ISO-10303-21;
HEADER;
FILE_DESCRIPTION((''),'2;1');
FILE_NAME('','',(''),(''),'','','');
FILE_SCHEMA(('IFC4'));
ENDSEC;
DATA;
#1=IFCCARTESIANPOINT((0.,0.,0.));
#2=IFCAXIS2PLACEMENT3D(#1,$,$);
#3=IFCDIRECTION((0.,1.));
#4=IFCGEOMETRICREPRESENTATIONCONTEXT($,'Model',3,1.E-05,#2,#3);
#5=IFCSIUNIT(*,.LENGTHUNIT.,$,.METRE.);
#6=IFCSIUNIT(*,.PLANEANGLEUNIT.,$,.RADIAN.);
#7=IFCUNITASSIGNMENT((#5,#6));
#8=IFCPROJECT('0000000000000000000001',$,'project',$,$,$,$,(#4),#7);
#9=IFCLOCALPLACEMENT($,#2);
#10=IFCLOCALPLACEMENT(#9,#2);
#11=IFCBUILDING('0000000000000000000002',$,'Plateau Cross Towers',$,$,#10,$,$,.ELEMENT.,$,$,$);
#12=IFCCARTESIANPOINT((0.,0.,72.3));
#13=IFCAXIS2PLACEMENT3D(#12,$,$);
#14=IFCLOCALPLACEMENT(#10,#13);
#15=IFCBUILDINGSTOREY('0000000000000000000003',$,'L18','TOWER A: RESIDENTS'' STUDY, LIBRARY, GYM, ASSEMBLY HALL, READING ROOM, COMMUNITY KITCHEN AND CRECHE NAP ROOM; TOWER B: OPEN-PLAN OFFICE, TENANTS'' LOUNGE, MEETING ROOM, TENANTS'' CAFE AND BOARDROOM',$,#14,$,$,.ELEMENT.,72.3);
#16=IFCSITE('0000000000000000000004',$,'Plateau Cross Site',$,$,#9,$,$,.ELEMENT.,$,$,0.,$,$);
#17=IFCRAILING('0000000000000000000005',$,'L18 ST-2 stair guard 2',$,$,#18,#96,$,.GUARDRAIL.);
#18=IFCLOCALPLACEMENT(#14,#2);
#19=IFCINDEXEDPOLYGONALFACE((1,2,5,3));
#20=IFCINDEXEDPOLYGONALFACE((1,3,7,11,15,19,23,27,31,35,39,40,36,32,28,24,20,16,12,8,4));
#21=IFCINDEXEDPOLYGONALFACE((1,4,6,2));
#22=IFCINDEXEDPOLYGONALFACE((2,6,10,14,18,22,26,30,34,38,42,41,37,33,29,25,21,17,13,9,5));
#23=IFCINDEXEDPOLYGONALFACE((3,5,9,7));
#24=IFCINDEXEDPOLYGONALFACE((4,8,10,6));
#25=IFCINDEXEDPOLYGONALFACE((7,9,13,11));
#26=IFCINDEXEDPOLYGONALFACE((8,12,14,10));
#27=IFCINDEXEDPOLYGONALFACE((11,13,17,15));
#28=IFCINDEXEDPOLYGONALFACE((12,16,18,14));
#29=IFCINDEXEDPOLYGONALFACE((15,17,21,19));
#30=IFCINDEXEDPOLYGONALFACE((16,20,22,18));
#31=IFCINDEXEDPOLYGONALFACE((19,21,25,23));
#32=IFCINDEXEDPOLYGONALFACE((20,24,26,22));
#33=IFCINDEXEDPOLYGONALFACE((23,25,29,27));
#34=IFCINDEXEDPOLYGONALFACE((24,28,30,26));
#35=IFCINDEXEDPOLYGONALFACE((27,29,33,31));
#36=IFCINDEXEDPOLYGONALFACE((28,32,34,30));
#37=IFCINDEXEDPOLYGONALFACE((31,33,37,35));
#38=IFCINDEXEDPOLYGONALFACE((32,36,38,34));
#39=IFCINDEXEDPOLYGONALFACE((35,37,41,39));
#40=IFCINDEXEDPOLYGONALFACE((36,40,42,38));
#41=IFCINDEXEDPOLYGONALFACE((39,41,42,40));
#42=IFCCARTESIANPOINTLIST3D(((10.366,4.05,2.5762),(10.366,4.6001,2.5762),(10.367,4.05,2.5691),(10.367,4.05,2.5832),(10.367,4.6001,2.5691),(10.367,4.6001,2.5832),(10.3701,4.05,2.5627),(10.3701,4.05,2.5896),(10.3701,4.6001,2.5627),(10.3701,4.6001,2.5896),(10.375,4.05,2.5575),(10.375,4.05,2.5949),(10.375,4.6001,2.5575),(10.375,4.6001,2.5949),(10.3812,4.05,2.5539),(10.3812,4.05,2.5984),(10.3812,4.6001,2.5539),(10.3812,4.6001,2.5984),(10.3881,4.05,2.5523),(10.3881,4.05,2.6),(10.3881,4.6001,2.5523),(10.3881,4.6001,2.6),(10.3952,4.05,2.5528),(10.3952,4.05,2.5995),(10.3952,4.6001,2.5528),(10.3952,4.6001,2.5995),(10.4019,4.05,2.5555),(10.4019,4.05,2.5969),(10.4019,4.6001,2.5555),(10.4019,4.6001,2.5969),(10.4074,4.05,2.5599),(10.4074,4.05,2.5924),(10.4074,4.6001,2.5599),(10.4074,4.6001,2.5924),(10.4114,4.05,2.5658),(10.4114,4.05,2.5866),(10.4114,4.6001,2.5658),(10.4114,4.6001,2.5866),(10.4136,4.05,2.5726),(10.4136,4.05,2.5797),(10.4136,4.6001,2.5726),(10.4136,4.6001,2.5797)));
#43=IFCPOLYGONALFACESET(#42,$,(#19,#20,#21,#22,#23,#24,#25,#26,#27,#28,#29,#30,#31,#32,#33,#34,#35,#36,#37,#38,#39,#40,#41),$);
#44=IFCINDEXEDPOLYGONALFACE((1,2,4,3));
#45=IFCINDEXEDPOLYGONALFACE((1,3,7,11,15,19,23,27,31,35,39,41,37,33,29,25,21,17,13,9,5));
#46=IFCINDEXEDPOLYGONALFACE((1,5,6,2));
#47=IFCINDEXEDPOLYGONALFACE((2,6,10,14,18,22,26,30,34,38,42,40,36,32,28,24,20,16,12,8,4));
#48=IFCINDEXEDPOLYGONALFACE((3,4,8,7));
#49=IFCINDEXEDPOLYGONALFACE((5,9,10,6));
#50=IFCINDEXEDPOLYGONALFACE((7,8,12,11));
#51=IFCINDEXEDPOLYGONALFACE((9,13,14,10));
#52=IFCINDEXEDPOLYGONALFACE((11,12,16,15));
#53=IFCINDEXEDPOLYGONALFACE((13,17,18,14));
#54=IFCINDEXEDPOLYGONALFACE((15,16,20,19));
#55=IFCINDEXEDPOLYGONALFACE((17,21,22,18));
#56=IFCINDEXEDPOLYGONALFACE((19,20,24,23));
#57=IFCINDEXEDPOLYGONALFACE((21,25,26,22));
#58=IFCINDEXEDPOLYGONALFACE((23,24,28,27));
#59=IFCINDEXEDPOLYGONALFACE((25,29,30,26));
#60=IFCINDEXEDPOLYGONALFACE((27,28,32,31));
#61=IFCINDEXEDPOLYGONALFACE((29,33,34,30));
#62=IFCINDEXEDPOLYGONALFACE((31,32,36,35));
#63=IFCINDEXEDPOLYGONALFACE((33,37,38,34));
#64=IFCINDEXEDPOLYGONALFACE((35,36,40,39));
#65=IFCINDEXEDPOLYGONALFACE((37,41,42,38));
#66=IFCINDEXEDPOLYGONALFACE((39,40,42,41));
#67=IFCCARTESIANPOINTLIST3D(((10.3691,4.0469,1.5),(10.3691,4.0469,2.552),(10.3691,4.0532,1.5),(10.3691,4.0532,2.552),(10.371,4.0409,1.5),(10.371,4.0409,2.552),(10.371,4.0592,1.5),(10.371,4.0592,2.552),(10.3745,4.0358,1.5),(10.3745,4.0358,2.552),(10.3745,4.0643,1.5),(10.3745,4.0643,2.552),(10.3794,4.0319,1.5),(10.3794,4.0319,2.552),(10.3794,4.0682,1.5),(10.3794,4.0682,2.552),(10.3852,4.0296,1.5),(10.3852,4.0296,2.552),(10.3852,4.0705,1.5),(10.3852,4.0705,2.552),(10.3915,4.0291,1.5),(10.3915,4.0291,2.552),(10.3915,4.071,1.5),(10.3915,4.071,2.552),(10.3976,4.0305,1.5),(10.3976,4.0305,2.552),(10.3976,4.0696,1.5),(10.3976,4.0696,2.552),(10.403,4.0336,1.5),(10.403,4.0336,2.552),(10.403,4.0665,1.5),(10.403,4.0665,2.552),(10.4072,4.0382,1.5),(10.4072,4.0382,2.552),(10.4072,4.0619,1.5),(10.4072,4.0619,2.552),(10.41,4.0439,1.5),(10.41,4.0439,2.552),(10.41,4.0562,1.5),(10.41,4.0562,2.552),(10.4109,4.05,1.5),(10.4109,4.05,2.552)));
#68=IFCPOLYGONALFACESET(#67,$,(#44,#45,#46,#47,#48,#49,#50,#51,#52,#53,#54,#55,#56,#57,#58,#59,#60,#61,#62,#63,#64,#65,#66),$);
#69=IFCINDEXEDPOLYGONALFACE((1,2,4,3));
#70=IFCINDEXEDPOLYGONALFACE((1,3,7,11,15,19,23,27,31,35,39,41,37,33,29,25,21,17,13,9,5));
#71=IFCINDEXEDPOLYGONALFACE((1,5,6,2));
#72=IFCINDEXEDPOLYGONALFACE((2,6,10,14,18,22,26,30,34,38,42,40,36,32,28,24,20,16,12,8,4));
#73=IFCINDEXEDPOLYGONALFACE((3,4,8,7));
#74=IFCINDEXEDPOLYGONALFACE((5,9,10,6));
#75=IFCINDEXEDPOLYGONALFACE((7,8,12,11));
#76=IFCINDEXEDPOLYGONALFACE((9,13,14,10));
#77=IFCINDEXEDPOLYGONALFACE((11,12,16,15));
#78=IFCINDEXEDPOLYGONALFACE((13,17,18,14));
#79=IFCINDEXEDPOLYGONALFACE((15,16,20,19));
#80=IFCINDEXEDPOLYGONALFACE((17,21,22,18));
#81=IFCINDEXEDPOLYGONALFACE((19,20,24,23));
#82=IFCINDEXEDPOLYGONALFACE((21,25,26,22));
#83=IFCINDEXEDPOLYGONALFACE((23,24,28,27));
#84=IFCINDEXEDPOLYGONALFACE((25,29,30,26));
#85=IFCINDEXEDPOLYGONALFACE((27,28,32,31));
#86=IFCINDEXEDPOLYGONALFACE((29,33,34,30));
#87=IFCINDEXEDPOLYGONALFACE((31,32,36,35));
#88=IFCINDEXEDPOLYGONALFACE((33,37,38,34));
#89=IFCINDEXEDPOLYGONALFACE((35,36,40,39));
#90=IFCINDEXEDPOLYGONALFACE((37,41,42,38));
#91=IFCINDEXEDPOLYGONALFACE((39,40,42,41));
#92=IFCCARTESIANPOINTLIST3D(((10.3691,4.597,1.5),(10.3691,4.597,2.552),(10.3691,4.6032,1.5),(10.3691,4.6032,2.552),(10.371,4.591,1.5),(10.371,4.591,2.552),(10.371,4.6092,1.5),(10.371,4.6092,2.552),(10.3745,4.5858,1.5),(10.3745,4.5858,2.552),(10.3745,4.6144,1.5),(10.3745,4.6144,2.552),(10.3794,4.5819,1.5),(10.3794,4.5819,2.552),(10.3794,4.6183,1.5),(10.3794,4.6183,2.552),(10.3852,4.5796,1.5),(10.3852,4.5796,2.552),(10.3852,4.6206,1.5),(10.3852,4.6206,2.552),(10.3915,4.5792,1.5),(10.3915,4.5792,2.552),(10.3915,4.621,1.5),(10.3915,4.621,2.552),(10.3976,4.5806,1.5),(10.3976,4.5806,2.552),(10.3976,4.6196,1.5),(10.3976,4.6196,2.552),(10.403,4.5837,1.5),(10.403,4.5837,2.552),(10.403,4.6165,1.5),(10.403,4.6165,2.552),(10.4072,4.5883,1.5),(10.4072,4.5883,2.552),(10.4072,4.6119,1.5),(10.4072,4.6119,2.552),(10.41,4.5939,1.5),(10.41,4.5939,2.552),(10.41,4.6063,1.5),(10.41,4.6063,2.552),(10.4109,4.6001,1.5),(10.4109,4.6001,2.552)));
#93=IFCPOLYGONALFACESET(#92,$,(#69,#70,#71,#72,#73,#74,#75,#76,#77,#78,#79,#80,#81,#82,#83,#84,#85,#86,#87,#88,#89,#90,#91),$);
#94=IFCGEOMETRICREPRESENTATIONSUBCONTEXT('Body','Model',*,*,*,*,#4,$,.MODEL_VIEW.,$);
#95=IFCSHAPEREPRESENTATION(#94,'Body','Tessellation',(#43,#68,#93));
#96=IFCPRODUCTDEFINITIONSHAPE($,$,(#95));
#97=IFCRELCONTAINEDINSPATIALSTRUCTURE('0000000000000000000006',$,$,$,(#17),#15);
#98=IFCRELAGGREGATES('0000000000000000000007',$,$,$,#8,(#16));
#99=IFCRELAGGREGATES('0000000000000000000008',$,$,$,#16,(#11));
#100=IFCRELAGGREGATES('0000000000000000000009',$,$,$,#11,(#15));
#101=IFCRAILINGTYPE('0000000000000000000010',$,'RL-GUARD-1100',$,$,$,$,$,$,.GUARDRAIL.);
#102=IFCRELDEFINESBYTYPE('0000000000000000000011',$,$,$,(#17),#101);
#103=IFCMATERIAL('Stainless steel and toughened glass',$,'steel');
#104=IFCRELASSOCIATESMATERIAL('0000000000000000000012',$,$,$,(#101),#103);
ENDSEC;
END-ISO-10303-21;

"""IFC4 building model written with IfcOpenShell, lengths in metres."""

from ifc_helpers import new_model, si_unit, direction, frame, origin, origin_2d, place, context, subcontext, project, spatial, circle, extrude, material, type_object, element, save


model = new_model("IFC4")

# Units and contexts
model_context = context("Model", 3, precision=1e-05, world=origin(), true_north=direction((0.0, 1.0)))
body_context = subcontext(model_context, "Body", "Model", "MODEL_VIEW")
ifc_project = project(units=[si_unit("LENGTHUNIT", "METRE"), si_unit("PLANEANGLEUNIT", "RADIAN")], contexts=[model_context])

# Site, building, storey
site_placement = place(None, origin())
site = spatial("IfcSite", under=ifc_project, at=site_placement, Name="Plateau Cross Site", CompositionType="ELEMENT", RefElevation=0.0)
building_placement = place(site_placement, origin())
building = spatial("IfcBuilding", under=site, at=building_placement, Name="Plateau Cross Towers", CompositionType="ELEMENT")
storey_placement = place(building_placement, frame((0.0, 0.0, 72.3)))
storey = spatial("IfcBuildingStorey", under=building, at=storey_placement, Name="L18", Description="TOWER A: RESIDENTS' STUDY, LIBRARY, GYM, ASSEMBLY HALL, READING ROOM, COMMUNITY KITCHEN AND CRECHE NAP ROOM; TOWER B: OPEN-PLAN OFFICE, TENANTS' LOUNGE, MEETING ROOM, TENANTS' CAFE AND BOARDROOM", CompositionType="ELEMENT", Elevation=72.3)

# Railing
ifc_material_1 = material(Name="Stainless steel and toughened glass", Category="steel")
railing_type_1 = type_object("IfcRailingType", Name="RL-GUARD-1100", PredefinedType="GUARDRAIL", material=ifc_material_1)
railing_1_placement = place(storey_placement, frame((10.3899, 4.05, 1.5)))
element("IfcRailing", 1, at=railing_1_placement, inside=storey, type_object=railing_type_1, Name="L18 ST-2 stair guard 2", PredefinedType="GUARDRAIL", context=body_context, shape_type="SweptSolid", body=[
    extrude(circle(Radius=0.0239, at=origin_2d()), frame((0.0, 0.0, 1.0762), z_axis=(0.0, 1.0, 0.0), x_axis=(-1.0, 0.0, 0.0)), (0.0, 0.0, 1.0), 0.55),
    extrude(circle(Radius=0.021, at=origin_2d()), origin(), (0.0, 0.0, 1.0), 1.052),
    extrude(circle(Radius=0.021, at=origin_2d()), frame((0.0, 0.55, 0.0)), (0.0, 0.0, 1.0), 1.052),
])

save(model, "model.ifc")
